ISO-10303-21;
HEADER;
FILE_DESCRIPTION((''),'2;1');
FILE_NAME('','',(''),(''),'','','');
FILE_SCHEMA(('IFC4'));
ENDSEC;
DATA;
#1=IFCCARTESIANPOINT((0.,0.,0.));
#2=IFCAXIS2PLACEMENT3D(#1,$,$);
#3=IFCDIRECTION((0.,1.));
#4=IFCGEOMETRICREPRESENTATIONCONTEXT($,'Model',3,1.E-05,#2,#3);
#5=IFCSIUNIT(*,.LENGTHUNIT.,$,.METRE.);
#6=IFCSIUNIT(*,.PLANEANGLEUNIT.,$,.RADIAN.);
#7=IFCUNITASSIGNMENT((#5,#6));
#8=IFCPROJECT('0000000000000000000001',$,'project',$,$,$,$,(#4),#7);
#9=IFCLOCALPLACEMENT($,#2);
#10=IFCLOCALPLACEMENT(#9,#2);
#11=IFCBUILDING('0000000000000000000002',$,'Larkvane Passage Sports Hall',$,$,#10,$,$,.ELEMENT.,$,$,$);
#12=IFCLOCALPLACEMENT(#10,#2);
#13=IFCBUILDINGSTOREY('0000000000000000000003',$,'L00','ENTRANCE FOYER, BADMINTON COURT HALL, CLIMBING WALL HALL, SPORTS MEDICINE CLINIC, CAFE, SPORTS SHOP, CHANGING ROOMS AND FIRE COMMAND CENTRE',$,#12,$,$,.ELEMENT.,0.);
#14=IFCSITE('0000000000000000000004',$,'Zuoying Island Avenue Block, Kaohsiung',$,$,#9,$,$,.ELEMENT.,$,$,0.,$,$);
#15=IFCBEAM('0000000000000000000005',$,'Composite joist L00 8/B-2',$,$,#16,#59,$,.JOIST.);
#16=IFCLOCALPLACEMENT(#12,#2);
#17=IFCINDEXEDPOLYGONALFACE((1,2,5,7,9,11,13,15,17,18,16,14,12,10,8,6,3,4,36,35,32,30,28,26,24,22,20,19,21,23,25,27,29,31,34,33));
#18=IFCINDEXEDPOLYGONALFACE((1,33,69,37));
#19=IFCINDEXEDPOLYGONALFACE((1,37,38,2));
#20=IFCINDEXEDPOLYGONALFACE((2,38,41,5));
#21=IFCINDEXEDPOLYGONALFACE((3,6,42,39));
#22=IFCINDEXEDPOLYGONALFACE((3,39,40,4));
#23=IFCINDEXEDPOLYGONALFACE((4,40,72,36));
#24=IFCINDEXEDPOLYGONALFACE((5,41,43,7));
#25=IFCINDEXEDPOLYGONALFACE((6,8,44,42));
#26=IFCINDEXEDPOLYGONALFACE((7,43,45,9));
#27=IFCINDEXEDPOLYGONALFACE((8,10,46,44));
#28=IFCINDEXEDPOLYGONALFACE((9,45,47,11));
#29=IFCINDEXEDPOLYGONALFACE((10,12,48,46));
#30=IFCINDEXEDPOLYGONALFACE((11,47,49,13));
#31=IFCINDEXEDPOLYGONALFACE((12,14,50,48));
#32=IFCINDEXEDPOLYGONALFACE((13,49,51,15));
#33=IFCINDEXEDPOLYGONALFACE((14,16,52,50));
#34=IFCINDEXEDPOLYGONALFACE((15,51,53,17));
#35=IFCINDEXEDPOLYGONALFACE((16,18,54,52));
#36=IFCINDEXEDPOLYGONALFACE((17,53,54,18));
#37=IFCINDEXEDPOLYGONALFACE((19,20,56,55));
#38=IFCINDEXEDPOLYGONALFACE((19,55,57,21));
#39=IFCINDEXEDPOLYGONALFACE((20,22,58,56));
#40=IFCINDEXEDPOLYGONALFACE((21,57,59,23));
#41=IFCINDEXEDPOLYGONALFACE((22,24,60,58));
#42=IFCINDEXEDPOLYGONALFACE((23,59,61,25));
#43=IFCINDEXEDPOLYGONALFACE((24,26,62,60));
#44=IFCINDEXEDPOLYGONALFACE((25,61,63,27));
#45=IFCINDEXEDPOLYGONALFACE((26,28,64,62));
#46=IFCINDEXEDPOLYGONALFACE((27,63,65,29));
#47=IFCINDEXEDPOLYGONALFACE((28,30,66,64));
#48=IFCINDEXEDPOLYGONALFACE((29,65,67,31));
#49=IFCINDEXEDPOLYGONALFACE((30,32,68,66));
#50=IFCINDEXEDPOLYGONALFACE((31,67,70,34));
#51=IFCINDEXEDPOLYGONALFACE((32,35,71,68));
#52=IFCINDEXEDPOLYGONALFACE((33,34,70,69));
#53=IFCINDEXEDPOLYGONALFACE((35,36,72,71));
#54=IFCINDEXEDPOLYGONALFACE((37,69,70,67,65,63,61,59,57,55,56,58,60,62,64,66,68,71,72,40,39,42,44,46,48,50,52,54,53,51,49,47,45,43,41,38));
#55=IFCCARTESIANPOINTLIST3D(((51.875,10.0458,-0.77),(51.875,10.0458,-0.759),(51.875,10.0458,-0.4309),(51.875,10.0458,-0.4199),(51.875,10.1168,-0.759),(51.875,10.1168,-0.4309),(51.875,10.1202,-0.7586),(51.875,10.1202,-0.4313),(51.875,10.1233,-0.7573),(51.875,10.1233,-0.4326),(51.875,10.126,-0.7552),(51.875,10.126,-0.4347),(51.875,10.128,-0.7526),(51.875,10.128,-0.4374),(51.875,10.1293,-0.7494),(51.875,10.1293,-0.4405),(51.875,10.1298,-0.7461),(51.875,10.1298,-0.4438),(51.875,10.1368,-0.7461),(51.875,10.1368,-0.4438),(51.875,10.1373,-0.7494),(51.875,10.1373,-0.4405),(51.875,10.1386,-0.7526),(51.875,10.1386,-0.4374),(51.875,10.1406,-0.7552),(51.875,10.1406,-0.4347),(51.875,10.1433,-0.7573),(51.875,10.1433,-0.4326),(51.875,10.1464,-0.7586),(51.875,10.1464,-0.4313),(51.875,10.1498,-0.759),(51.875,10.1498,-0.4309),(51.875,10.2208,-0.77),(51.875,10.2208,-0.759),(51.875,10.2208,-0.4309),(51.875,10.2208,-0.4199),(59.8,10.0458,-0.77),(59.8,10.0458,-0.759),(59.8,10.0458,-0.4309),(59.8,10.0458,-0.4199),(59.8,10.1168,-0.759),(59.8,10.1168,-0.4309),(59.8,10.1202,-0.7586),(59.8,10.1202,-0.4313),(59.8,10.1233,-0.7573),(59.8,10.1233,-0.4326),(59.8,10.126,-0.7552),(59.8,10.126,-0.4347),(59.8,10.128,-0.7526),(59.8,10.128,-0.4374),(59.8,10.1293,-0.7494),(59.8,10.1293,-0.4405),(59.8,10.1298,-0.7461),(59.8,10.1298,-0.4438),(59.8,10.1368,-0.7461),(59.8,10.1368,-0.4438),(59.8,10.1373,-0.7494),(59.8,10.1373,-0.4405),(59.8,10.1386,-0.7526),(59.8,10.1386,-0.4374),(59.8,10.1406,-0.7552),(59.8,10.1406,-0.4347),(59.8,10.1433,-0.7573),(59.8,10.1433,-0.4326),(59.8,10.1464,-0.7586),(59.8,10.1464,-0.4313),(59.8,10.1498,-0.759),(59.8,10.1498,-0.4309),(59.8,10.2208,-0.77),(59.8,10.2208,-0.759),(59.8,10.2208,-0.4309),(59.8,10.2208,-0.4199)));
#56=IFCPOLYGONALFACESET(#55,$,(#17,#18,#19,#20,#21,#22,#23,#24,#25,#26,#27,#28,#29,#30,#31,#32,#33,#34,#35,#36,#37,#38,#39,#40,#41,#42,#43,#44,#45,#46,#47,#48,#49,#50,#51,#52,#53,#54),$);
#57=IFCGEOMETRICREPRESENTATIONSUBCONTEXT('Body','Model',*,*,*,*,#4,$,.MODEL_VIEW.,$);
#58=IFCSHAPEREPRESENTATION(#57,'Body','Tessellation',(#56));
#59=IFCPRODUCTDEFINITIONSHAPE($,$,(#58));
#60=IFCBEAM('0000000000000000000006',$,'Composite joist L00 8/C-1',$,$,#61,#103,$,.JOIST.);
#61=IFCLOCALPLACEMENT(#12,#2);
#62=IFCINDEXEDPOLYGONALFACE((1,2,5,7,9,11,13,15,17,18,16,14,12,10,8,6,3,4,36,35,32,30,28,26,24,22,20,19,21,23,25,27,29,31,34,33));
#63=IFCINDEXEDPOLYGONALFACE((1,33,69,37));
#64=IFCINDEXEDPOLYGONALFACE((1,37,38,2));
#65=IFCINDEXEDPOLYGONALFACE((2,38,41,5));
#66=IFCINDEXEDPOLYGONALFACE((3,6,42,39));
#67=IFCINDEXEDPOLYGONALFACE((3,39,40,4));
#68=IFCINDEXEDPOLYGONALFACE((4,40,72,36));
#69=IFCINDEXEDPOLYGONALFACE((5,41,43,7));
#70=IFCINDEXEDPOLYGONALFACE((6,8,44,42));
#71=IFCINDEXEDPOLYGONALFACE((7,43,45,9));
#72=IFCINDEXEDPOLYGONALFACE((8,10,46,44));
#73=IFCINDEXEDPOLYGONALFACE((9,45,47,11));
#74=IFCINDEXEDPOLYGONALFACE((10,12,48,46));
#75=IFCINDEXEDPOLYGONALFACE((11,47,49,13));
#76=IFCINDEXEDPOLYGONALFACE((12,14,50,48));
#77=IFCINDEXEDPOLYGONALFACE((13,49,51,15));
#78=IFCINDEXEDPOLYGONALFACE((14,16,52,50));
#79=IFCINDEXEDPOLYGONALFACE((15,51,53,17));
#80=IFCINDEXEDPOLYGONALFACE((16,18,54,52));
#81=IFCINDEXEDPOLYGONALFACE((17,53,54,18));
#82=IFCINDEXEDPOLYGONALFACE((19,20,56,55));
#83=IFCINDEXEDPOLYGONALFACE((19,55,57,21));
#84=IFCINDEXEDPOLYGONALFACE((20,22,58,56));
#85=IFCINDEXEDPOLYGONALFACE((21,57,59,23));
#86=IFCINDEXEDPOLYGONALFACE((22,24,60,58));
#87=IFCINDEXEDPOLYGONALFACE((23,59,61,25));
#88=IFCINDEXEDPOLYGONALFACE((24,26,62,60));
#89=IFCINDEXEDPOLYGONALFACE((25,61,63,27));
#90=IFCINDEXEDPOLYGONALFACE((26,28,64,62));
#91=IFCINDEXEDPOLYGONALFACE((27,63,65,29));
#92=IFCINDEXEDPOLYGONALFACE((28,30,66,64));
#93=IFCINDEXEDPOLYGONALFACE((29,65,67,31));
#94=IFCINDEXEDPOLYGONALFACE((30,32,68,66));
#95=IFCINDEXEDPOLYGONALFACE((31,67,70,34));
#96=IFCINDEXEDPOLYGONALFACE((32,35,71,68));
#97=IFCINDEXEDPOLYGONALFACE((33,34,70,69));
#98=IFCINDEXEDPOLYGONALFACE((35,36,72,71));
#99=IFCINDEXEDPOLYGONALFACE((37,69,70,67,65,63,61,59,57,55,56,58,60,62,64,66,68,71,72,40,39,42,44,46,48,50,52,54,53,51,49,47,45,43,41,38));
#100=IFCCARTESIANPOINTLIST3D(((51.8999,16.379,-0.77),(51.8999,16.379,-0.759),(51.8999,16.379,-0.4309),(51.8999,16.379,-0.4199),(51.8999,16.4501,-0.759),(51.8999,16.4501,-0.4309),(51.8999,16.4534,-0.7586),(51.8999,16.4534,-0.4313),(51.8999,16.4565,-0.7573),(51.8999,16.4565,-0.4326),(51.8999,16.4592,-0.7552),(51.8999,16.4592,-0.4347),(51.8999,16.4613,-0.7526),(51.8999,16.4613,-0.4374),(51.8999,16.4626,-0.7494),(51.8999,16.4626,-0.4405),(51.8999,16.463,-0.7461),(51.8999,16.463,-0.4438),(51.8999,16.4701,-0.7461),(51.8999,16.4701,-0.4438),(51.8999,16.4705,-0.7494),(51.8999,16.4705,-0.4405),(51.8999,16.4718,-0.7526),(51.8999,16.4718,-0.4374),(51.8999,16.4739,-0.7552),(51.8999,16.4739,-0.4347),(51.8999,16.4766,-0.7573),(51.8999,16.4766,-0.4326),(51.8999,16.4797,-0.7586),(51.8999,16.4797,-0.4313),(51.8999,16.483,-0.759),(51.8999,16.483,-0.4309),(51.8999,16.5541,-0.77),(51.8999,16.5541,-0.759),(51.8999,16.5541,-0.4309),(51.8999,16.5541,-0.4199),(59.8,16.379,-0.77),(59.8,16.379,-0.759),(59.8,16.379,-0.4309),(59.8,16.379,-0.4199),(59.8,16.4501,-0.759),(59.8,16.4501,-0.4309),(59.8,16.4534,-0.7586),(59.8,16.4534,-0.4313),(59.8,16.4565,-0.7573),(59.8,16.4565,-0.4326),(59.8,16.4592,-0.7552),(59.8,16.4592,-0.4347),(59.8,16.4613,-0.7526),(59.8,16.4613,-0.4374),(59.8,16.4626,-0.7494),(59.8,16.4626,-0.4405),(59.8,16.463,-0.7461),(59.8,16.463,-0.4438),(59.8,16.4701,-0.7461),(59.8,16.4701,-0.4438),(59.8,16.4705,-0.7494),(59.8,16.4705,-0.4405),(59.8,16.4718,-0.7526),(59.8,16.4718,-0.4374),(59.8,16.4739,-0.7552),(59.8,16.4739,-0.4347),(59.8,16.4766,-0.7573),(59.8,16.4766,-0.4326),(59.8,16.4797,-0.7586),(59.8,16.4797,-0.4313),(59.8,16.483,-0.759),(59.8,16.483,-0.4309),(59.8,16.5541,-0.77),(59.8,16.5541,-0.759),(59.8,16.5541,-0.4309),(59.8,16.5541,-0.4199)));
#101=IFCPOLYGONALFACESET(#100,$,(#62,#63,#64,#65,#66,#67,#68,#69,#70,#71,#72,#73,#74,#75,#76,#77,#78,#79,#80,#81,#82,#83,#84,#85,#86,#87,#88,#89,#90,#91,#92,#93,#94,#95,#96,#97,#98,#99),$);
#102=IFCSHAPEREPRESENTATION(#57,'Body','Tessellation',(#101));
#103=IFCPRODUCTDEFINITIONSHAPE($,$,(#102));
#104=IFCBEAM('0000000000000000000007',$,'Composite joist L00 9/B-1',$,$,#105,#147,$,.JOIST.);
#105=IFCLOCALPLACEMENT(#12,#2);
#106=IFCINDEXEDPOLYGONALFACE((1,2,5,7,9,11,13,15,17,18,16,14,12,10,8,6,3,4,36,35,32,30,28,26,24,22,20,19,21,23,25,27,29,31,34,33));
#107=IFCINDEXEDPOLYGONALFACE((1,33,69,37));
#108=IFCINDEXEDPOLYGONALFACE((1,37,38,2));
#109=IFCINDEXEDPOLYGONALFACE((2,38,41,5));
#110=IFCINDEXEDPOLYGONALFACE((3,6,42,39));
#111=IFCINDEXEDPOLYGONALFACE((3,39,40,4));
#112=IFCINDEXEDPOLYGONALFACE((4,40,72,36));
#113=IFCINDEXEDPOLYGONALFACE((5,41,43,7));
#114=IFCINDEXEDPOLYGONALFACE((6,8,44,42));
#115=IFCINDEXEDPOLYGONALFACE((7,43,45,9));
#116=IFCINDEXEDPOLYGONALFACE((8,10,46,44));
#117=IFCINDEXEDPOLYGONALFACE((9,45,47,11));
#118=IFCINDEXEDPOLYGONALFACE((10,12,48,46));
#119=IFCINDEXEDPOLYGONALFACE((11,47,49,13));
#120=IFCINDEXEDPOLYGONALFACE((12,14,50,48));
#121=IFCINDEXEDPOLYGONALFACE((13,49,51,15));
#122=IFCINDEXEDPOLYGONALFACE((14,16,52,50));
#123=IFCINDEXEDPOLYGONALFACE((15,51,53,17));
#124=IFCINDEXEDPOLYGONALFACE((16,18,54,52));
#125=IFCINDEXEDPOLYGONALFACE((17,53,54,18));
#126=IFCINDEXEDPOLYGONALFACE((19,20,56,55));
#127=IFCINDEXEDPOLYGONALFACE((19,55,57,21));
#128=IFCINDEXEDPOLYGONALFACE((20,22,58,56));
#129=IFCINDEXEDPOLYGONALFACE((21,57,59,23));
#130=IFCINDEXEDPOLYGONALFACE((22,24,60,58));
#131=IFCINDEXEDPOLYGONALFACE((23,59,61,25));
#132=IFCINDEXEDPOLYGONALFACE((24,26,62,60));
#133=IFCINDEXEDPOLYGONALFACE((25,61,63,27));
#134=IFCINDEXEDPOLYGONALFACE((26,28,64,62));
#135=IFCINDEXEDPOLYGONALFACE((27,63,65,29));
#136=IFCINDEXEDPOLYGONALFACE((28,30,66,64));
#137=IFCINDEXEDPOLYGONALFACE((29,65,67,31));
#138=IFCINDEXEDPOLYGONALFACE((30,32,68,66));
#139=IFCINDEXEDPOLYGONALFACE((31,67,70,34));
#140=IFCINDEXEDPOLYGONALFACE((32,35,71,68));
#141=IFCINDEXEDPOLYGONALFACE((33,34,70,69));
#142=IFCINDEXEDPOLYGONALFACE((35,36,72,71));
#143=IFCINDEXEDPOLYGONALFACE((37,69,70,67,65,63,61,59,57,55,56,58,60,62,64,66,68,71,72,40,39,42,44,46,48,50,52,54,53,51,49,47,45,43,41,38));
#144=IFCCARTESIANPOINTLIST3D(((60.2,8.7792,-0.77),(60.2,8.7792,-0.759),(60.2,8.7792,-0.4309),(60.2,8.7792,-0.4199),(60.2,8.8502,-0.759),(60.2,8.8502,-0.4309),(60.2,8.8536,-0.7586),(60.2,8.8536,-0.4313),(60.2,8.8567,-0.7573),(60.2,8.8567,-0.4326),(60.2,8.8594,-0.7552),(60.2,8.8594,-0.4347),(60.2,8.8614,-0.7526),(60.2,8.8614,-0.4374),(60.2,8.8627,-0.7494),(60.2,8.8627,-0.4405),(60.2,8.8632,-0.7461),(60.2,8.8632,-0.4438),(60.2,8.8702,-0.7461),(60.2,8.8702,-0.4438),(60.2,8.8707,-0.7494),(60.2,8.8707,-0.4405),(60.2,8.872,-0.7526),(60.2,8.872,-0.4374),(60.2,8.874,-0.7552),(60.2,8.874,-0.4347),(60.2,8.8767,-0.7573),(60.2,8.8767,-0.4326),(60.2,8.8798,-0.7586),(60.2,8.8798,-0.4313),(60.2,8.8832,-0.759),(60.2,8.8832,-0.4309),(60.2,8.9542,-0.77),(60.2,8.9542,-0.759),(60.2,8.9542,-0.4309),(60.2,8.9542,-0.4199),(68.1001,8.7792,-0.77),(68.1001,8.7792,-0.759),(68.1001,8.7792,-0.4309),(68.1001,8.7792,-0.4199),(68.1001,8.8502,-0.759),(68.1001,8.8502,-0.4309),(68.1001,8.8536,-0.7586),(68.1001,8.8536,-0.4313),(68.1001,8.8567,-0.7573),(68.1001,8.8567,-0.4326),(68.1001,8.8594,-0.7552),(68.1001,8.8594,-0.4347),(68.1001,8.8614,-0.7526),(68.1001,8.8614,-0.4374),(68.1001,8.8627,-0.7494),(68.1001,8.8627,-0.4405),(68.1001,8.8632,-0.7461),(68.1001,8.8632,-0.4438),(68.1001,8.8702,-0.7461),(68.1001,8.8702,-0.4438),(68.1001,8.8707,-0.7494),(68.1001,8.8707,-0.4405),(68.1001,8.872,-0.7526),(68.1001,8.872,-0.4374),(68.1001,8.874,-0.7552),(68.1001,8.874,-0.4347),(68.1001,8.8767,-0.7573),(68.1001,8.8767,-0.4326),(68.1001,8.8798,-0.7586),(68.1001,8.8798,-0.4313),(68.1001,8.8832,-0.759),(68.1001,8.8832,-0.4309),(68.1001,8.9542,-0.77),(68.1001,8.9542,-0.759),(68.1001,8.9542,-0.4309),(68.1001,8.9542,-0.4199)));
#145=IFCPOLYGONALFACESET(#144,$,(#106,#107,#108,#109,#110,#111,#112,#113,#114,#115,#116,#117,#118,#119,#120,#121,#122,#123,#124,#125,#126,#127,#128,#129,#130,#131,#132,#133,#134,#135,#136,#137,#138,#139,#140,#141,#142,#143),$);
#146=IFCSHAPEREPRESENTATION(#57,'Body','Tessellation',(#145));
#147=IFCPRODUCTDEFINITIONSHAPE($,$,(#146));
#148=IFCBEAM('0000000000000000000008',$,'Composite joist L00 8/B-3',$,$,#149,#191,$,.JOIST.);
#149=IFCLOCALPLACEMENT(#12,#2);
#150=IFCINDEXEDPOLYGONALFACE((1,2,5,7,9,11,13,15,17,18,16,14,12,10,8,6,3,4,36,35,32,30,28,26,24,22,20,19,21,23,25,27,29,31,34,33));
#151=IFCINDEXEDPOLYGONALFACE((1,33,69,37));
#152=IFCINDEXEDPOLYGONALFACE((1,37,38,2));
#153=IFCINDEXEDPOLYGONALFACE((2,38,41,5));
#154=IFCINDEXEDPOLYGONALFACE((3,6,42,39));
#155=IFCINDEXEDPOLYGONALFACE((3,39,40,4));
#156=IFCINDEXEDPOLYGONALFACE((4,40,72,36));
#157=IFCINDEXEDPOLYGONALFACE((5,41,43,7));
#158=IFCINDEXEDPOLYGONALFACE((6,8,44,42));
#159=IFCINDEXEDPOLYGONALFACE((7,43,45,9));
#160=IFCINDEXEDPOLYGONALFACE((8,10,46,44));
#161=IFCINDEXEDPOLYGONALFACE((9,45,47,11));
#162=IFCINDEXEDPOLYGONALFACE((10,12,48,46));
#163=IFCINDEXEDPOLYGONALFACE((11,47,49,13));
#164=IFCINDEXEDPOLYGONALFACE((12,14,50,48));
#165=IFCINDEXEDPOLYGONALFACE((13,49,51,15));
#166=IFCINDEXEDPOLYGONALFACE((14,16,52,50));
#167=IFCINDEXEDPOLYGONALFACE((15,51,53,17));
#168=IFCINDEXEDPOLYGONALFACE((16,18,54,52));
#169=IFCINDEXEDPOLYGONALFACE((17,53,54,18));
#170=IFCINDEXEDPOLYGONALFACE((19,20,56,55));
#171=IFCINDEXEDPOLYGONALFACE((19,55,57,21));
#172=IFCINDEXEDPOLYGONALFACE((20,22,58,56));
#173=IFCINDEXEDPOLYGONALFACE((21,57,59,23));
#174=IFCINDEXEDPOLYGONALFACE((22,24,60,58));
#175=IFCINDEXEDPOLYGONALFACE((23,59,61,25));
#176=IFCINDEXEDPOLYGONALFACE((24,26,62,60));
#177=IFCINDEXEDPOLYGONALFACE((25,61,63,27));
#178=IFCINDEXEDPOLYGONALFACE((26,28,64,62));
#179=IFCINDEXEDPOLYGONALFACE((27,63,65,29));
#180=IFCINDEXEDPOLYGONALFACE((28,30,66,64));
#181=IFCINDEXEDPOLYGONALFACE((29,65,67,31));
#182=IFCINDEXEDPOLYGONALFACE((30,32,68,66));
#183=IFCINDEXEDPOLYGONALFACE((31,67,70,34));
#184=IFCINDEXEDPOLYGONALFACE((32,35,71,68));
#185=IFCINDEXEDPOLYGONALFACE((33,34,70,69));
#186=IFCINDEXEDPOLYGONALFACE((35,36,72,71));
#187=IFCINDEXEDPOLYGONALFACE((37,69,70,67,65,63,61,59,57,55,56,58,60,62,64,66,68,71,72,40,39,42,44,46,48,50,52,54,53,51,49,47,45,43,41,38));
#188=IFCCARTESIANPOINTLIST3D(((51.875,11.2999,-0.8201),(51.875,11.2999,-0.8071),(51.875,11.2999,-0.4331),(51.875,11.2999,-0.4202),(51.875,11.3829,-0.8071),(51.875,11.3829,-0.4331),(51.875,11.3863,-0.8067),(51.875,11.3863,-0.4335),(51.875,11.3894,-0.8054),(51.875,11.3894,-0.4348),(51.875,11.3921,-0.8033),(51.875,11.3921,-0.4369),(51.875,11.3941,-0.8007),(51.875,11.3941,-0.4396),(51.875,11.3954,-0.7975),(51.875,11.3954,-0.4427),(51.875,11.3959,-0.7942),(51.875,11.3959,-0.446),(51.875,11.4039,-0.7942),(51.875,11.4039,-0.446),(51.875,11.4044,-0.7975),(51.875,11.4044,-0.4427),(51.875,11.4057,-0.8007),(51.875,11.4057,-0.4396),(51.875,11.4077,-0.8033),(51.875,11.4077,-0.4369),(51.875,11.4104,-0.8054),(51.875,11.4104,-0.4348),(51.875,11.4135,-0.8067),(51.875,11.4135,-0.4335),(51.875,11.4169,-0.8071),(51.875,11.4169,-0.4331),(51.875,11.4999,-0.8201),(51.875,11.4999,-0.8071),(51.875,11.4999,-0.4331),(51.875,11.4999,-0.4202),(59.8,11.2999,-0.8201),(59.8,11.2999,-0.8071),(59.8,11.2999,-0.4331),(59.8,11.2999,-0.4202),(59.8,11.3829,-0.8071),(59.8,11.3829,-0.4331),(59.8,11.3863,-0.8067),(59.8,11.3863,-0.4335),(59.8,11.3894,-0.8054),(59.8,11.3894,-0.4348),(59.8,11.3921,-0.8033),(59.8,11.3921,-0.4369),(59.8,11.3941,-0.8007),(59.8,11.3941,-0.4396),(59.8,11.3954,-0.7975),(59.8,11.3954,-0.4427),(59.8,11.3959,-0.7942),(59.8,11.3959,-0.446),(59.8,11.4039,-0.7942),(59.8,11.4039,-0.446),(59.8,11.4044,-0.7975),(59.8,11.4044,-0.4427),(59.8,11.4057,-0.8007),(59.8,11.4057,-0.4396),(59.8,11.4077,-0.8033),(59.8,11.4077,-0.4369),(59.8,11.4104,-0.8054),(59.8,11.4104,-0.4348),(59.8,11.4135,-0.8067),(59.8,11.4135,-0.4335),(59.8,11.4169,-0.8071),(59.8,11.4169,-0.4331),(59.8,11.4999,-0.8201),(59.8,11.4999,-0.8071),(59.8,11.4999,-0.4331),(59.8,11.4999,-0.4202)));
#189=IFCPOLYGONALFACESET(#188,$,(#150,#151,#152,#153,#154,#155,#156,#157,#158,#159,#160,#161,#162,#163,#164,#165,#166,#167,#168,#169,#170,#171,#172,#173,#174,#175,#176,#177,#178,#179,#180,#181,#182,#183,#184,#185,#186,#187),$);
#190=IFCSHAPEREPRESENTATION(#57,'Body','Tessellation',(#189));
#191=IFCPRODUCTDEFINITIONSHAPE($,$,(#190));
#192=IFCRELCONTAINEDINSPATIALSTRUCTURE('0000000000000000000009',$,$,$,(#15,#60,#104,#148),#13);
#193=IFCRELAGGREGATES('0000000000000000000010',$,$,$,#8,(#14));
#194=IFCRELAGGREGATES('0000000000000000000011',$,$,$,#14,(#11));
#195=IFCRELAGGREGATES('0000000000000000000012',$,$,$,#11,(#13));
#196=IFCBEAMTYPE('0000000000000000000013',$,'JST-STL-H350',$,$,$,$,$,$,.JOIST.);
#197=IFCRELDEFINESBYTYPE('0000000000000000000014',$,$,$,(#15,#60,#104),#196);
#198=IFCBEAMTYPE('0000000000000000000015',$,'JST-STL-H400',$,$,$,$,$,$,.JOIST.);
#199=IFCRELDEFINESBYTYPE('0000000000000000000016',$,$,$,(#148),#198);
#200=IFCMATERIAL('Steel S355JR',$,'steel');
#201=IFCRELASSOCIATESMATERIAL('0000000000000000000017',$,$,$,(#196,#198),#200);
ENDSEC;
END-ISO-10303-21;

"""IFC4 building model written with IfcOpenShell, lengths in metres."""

from ifc_helpers import new_model, si_unit, direction, frame, origin, origin_2d, place, context, subcontext, project, spatial, i_section, extrude, material, material_profile, profile_set, type_object, element, save


model = new_model("IFC4")

# Units and contexts
model_context = context("Model", 3, precision=1e-05, world=origin(), true_north=direction((0.0, 1.0)))
body_context = subcontext(model_context, "Body", "Model", "MODEL_VIEW")
ifc_project = project(units=[si_unit("LENGTHUNIT", "METRE"), si_unit("PLANEANGLEUNIT", "RADIAN")], contexts=[model_context])

# Site, building, storey
site_placement = place(None, origin())
site = spatial("IfcSite", under=ifc_project, at=site_placement, Name="Zuoying Island Avenue Block, Kaohsiung", CompositionType="ELEMENT", RefElevation=0.0)
building_placement = place(site_placement, origin())
building = spatial("IfcBuilding", under=site, at=building_placement, Name="Larkvane Passage Sports Hall", CompositionType="ELEMENT")
storey_placement = place(building_placement, origin())
storey = spatial("IfcBuildingStorey", under=building, at=storey_placement, Name="L00", Description="ENTRANCE FOYER, BADMINTON COURT HALL, CLIMBING WALL HALL, SPORTS MEDICINE CLINIC, CAFE, SPORTS SHOP, CHANGING ROOMS AND FIRE COMMAND CENTRE", CompositionType="ELEMENT", Elevation=0.0)

# Shared definitions
ifc_material_1 = material(Name="Steel S355JR", Category="steel")

# Beams
ifc_material_profile_1 = material_profile(ifc_material_1, i_section(OverallWidth=0.175, OverallDepth=0.3501, WebThickness=0.0071, FlangeThickness=0.011, FilletRadius=0.0129, at=origin_2d()), Name="H-350x175x7x11")
ifc_profile_set_1 = profile_set([ifc_material_profile_1], Name="Steel S355JR")
beam_type_1 = type_object("IfcBeamType", Name="JST-STL-H350", PredefinedType="JOIST", material=ifc_profile_set_1)
beam_1_placement = place(storey_placement, frame((51.875, 10.1333, -0.595), z_axis=(1.0, 0.0, 0.0), x_axis=(0.0, 1.0, 0.0)))
element("IfcBeam", 1, at=beam_1_placement, inside=storey, type_object=beam_type_1, Name="Composite joist L00 8/B-2", PredefinedType="JOIST", context=body_context, shape_type="SweptSolid", body=[
    extrude(i_section(OverallWidth=0.175, OverallDepth=0.3501, WebThickness=0.0071, FlangeThickness=0.011, FilletRadius=0.0129, at=origin_2d()), origin(), (0.0, 0.0, 1.0), 7.925),
])
for number, where, z_axis, x_axis, name in (
    (2, (51.8999, 16.4666, -0.595), (1.0, 0.0, 0.0), (0.0, 1.0, 0.0), "Composite joist L00 8/C-1"),
    (3, (60.2, 8.8667, -0.595), (1.0, 0.0, 0.0), (0.0, 1.0, 0.0), "Composite joist L00 9/B-1"),
):
    element("IfcBeam", number, at=place(storey_placement, frame(where, z_axis=z_axis, x_axis=x_axis)), inside=storey, type_object=beam_type_1, Name=name, PredefinedType="JOIST", context=body_context, shape_type="SweptSolid", body=[
        extrude(i_section(OverallWidth=0.175, OverallDepth=0.3501, WebThickness=0.0071, FlangeThickness=0.011, FilletRadius=0.0129, at=origin_2d()), origin(), (0.0, 0.0, 1.0), 7.9001),
    ])
ifc_material_profile_2 = material_profile(ifc_material_1, i_section(OverallWidth=0.2, OverallDepth=0.3999, WebThickness=0.0081, FlangeThickness=0.0129, FilletRadius=0.0129, at=origin_2d()), Name="H-400x200x8x13")
ifc_profile_set_2 = profile_set([ifc_material_profile_2], Name="Steel S355JR")
beam_type_2 = type_object("IfcBeamType", Name="JST-STL-H400", PredefinedType="JOIST", material=ifc_profile_set_2)
beam_2_placement = place(storey_placement, frame((51.875, 11.3999, -0.6201), z_axis=(1.0, 0.0, 0.0), x_axis=(0.0, 1.0, 0.0)))
element("IfcBeam", 4, at=beam_2_placement, inside=storey, type_object=beam_type_2, Name="Composite joist L00 8/B-3", PredefinedType="JOIST", context=body_context, shape_type="SweptSolid", body=[
    extrude(i_section(OverallWidth=0.2, OverallDepth=0.3999, WebThickness=0.0081, FlangeThickness=0.0129, FilletRadius=0.0129, at=origin_2d()), origin(), (0.0, 0.0, 1.0), 7.925),
])

save(model, "model.ifc")
